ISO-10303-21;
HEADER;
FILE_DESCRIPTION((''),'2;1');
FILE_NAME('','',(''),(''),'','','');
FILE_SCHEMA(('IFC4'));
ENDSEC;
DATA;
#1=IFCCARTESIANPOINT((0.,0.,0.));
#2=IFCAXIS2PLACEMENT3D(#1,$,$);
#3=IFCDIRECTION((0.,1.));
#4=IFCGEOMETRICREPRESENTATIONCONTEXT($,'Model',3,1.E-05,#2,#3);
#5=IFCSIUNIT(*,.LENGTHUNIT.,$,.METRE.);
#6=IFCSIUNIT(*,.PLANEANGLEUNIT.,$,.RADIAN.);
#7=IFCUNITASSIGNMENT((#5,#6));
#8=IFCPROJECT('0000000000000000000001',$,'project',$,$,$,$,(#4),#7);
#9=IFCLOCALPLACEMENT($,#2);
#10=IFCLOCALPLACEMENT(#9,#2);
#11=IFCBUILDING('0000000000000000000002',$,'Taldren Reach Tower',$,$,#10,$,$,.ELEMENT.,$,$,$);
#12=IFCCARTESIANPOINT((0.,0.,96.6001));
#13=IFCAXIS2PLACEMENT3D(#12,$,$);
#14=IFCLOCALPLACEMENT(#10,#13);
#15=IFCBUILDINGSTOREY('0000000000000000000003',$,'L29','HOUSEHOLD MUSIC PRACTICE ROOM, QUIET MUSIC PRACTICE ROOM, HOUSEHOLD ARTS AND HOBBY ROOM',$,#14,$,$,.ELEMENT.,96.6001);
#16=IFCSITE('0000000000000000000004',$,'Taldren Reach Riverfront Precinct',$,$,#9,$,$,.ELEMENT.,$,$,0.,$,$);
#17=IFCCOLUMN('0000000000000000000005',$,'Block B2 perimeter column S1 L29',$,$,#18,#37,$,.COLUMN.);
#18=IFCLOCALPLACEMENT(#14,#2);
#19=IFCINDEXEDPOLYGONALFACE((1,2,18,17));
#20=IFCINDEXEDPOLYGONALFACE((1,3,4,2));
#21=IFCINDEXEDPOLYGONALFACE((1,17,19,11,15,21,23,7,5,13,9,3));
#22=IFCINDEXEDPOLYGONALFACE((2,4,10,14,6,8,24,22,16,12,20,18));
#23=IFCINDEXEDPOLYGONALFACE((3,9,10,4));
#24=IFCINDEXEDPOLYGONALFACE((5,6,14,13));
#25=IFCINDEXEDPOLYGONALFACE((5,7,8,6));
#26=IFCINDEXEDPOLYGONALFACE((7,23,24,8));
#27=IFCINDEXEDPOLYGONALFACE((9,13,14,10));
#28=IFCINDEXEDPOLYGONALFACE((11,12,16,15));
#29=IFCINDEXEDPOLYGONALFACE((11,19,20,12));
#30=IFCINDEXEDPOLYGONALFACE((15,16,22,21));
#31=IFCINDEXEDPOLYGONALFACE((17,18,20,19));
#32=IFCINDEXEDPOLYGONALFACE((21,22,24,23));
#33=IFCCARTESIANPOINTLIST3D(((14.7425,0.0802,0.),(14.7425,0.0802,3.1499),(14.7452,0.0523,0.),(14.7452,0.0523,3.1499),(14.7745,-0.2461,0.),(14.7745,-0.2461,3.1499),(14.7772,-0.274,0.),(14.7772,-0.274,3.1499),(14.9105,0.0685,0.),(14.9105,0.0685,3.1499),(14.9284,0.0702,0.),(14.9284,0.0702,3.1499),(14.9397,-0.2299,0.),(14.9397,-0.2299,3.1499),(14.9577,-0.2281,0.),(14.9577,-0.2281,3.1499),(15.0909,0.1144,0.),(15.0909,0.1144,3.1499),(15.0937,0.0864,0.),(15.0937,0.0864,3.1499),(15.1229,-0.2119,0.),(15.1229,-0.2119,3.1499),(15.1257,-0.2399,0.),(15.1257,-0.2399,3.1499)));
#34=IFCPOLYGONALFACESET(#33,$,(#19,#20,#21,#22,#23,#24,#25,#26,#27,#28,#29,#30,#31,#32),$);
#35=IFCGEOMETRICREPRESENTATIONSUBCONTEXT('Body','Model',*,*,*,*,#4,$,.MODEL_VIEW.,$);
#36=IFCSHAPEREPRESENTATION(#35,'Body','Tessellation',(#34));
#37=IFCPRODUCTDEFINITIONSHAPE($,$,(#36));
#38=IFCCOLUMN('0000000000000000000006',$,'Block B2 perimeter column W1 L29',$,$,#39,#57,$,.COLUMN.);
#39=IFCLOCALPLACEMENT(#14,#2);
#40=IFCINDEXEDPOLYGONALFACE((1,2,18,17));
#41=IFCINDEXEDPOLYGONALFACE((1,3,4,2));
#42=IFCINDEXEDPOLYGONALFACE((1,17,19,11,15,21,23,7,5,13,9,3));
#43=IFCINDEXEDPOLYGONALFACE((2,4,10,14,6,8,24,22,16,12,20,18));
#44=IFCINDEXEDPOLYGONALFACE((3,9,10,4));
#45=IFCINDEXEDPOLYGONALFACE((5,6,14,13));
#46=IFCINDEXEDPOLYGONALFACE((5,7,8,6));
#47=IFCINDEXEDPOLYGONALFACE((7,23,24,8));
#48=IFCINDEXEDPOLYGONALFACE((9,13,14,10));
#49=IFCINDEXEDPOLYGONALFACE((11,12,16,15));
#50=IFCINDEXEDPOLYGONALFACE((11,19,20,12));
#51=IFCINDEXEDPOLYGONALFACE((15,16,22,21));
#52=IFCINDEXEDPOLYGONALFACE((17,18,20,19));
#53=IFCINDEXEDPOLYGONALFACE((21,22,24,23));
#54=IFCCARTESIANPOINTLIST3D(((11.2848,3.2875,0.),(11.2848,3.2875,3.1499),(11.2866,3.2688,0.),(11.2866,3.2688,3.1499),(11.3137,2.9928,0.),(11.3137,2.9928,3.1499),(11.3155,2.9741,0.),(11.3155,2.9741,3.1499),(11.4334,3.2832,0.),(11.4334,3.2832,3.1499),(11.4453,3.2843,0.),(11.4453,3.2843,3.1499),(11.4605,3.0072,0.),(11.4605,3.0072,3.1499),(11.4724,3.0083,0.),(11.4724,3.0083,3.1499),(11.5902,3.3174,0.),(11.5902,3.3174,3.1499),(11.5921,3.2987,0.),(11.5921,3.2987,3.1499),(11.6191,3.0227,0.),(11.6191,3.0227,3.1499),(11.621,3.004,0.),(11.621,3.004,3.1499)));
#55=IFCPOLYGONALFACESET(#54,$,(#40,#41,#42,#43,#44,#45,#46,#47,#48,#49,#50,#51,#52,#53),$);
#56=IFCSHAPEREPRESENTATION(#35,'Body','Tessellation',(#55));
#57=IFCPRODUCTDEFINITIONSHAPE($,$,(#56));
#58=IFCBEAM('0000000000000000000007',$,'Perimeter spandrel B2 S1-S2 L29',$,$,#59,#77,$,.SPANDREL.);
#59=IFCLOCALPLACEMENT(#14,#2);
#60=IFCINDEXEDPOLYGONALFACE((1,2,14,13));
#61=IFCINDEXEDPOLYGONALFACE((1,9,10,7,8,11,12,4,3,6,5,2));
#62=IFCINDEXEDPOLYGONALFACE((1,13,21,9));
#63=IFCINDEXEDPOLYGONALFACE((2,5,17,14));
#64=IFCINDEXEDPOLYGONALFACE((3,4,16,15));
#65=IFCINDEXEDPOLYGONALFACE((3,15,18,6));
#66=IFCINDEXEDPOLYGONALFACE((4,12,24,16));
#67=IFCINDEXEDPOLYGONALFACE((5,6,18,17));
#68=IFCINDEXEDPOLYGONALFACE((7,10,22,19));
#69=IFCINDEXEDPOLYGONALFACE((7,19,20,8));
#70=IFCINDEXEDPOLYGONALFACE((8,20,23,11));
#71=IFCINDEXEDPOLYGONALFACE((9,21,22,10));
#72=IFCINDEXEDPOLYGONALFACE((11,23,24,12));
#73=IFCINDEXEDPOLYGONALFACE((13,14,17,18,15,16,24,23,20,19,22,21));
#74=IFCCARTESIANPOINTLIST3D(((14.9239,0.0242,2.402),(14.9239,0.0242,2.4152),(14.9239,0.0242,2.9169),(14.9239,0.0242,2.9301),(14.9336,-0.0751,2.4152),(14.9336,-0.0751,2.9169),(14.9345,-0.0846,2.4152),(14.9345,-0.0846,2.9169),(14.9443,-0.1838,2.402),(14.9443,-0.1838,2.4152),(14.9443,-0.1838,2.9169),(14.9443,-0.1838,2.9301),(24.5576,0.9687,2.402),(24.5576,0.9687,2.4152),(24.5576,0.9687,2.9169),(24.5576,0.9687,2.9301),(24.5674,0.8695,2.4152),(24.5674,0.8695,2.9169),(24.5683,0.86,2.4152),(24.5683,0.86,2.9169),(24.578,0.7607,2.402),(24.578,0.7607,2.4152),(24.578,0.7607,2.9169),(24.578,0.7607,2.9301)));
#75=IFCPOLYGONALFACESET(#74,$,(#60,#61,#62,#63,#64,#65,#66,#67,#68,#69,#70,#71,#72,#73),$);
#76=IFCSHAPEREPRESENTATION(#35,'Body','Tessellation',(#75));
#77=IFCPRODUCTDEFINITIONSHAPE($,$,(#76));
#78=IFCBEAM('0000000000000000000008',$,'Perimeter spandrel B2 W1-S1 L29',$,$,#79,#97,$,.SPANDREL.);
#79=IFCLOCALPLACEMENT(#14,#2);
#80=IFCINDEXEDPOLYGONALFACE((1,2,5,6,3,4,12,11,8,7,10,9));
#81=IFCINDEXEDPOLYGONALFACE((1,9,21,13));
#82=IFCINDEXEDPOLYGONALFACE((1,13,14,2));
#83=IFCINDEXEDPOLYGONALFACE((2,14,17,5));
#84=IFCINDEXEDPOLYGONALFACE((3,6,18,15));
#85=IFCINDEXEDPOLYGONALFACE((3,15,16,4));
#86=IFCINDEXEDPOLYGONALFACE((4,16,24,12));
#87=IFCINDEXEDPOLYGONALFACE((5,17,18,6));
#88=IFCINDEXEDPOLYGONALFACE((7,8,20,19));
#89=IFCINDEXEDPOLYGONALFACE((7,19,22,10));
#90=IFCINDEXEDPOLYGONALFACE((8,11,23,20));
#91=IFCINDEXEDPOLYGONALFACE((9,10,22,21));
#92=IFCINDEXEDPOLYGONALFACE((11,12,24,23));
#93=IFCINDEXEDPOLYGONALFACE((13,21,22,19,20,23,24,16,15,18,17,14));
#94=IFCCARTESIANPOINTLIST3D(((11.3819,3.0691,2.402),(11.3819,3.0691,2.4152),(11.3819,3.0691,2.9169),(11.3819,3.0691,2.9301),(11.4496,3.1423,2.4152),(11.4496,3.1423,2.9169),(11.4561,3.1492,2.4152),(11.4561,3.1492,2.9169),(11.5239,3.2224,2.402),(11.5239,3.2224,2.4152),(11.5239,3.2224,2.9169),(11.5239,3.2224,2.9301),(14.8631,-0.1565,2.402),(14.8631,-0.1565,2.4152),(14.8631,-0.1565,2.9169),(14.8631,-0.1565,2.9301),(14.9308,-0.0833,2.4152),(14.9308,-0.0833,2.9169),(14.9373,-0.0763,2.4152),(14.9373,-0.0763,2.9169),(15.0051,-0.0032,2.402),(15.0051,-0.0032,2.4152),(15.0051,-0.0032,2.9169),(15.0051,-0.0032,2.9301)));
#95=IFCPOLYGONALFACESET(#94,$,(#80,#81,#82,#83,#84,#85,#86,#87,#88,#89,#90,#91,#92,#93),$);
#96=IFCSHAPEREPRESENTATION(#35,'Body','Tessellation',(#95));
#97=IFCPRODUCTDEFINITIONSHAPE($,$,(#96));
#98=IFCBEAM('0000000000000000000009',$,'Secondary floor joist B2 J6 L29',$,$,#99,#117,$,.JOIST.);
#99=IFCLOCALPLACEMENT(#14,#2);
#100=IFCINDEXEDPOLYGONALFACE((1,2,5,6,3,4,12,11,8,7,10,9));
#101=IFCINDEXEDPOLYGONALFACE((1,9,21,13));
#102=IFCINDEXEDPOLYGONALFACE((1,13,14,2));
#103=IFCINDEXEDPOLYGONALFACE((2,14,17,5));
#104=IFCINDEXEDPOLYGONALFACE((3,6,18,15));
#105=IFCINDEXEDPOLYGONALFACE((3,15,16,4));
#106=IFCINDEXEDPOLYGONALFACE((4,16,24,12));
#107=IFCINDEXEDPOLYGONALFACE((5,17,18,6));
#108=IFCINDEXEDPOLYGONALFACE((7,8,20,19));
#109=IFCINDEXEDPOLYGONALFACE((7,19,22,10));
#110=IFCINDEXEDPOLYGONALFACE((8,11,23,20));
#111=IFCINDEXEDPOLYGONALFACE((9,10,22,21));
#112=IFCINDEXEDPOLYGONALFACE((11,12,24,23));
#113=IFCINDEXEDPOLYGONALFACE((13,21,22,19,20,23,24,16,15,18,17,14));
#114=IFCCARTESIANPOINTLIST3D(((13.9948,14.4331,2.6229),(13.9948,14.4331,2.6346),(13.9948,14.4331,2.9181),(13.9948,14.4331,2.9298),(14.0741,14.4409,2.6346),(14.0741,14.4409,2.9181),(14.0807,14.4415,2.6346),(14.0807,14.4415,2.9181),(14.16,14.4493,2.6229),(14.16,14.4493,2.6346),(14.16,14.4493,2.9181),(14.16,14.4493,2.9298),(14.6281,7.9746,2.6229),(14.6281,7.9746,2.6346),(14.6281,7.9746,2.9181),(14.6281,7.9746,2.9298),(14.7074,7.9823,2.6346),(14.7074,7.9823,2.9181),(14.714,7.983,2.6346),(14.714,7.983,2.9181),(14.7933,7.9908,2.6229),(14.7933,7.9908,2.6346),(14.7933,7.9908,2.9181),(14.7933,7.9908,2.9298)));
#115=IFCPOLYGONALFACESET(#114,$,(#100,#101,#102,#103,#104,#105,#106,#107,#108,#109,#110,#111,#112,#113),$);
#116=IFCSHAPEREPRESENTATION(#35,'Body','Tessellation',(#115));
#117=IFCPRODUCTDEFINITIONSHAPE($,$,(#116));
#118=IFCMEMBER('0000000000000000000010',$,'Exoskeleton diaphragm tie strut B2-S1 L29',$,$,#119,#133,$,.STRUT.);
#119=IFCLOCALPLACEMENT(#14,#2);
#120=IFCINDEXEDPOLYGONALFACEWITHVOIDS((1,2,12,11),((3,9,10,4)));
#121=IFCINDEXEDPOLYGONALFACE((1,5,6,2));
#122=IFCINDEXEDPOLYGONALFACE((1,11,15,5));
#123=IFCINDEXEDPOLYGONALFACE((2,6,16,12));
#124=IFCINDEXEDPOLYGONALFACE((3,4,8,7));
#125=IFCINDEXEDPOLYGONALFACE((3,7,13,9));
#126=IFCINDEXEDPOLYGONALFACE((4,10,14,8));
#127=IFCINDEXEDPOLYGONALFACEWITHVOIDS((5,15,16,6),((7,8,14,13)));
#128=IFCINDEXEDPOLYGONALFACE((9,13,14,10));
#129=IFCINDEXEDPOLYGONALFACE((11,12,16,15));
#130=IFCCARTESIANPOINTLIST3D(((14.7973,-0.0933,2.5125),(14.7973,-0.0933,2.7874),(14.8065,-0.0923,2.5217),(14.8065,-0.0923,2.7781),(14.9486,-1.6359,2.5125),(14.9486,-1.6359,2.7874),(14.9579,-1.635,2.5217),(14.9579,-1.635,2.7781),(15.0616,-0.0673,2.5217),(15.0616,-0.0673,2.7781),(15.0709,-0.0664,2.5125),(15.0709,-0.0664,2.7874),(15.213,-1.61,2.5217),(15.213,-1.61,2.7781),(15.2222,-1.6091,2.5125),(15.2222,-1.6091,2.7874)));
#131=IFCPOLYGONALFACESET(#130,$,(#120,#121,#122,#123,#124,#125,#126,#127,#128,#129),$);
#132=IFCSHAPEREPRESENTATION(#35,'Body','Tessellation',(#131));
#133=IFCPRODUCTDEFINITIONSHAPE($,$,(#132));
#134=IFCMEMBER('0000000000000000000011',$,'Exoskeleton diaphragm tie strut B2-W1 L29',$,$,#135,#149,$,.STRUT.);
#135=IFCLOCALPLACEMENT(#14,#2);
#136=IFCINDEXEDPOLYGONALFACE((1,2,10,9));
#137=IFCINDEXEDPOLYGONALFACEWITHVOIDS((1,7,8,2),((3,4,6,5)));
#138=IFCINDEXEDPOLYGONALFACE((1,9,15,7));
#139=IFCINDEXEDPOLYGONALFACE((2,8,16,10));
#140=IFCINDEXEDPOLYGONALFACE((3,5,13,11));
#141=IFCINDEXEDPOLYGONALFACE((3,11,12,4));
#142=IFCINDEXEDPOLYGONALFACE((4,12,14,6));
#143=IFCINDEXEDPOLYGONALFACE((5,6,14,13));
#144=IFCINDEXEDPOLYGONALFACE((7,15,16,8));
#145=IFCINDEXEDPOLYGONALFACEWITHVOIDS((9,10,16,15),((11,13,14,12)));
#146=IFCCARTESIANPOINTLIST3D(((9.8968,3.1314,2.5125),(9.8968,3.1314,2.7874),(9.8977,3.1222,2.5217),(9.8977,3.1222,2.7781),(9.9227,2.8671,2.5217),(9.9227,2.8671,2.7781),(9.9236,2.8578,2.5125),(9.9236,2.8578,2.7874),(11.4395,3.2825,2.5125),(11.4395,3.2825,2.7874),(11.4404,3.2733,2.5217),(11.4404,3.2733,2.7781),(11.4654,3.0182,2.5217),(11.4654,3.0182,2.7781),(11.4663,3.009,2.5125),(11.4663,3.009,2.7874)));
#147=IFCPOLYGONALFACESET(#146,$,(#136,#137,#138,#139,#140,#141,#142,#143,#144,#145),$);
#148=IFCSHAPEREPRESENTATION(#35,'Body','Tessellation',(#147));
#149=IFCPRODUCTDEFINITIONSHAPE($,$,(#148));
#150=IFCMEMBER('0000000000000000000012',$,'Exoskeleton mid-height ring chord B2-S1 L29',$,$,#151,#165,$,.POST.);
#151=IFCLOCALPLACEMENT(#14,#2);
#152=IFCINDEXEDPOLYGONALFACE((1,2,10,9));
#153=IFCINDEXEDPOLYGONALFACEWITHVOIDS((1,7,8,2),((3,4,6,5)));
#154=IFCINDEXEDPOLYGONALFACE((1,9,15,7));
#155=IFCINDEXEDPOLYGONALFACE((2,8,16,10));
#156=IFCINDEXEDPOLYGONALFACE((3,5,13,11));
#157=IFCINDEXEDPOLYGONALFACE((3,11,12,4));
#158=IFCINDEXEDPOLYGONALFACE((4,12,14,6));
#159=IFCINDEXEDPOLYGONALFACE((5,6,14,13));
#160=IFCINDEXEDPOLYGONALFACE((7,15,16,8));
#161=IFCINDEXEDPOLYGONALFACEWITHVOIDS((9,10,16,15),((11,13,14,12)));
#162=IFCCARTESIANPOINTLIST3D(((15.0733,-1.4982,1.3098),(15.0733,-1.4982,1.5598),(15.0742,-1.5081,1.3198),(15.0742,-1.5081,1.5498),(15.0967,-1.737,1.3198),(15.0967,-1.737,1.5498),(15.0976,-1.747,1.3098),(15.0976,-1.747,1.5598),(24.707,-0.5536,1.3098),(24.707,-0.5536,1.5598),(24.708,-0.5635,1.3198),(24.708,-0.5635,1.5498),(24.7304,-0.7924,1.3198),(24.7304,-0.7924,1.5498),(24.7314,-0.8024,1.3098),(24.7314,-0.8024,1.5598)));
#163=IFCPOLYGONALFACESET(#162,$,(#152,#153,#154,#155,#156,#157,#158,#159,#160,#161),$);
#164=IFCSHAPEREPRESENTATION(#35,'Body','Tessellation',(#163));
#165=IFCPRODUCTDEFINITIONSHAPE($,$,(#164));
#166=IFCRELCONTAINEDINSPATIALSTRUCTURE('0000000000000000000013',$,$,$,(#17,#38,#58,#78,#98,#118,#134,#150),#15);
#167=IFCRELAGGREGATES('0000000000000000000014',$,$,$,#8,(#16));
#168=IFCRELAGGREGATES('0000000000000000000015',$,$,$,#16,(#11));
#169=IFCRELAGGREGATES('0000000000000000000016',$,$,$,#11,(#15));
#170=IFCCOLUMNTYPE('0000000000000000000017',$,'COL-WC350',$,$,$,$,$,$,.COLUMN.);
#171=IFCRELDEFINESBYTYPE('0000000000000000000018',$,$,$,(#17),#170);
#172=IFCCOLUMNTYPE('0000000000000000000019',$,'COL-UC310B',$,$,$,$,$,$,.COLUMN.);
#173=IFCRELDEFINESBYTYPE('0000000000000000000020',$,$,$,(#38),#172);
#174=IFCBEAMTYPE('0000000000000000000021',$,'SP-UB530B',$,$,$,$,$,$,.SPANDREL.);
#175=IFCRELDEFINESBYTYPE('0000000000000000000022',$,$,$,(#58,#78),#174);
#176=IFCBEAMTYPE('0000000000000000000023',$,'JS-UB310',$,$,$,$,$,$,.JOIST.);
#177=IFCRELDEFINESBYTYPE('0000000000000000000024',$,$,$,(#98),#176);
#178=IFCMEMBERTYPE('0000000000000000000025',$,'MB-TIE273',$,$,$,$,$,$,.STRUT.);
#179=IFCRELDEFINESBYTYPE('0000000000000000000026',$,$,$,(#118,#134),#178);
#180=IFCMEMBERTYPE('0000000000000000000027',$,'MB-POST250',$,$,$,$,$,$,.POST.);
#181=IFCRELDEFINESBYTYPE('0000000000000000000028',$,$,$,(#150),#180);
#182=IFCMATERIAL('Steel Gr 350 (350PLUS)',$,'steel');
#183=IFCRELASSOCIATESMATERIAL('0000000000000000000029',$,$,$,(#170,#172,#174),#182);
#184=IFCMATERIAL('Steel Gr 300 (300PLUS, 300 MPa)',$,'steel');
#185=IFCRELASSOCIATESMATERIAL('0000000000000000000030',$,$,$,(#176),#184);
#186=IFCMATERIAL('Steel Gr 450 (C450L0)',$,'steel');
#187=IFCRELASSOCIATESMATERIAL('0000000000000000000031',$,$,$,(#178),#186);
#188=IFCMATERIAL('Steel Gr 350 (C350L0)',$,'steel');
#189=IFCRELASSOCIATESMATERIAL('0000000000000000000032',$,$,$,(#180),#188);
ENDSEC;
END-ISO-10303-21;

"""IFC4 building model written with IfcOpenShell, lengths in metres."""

from ifc_helpers import new_model, si_unit, direction, frame, origin, origin_2d, place, context, subcontext, project, spatial, hollow_rectangle, i_section, extrude, source, transform, mapped, material, material_profile, profile_set, type_object, element, save


model = new_model("IFC4")

# Units and contexts
model_context = context("Model", 3, precision=1e-05, world=origin(), true_north=direction((0.0, 1.0)))
body_context = subcontext(model_context, "Body", "Model", "MODEL_VIEW")
ifc_project = project(units=[si_unit("LENGTHUNIT", "METRE"), si_unit("PLANEANGLEUNIT", "RADIAN")], contexts=[model_context])

# Site, building, storey
site_placement = place(None, origin())
site = spatial("IfcSite", under=ifc_project, at=site_placement, Name="Taldren Reach Riverfront Precinct", CompositionType="ELEMENT", RefElevation=0.0)
building_placement = place(site_placement, origin())
building = spatial("IfcBuilding", under=site, at=building_placement, Name="Taldren Reach Tower", CompositionType="ELEMENT")
storey_placement = place(building_placement, frame((0.0, 0.0, 96.6001)))
storey = spatial("IfcBuildingStorey", under=building, at=storey_placement, Name="L29", Description="HOUSEHOLD MUSIC PRACTICE ROOM, QUIET MUSIC PRACTICE ROOM, HOUSEHOLD ARTS AND HOBBY ROOM", CompositionType="ELEMENT", Elevation=96.6001)

# Columns
ifc_material_1 = material(Name="Steel Gr 350 (350PLUS)", Category="steel")
ifc_material_profile_1 = material_profile(ifc_material_1, i_section(OverallWidth=0.3501, OverallDepth=0.356, WebThickness=0.0181, FlangeThickness=0.0281, at=origin_2d()), Name="350WC197")
ifc_profile_set_1 = profile_set([ifc_material_profile_1], Name="Steel Gr 350 (350PLUS)")
column_type_1 = type_object("IfcColumnType", Name="COL-WC350", PredefinedType="COLUMN", material=ifc_profile_set_1)
shared_shape_1 = source(origin(), body_context, "Body", "SweptSolid", [
    extrude(i_section(OverallWidth=0.3501, OverallDepth=0.356, WebThickness=0.0181, FlangeThickness=0.0281, at=origin_2d()), origin(), (0.0, 0.0, 1.0), 3.1499),
])
column_1_placement = place(storey_placement, frame((14.9341, -0.0798, 0.0), z_axis=(0.0, 0.0, 1.0), x_axis=(0.995227, 0.097583, 0.0)))
element("IfcColumn", 1, at=column_1_placement, inside=storey, type_object=column_type_1, Name="Block B2 perimeter column S1 L29", PredefinedType="COLUMN", context=body_context, shape_type="MappedRepresentation", body=[
    mapped(shared_shape_1, transform((0.0, 0.0, 0.0), scale=1.0)),
])
ifc_material_profile_2 = material_profile(ifc_material_1, i_section(OverallWidth=0.3069, OverallDepth=0.3149, WebThickness=0.012, FlangeThickness=0.0188, at=origin_2d()), Name="310UC118")
ifc_profile_set_2 = profile_set([ifc_material_profile_2], Name="Steel Gr 350 (350PLUS)")
column_type_2 = type_object("IfcColumnType", Name="COL-UC310B", PredefinedType="COLUMN", material=ifc_profile_set_2)
shared_shape_2 = source(origin(), body_context, "Body", "SweptSolid", [
    extrude(i_section(OverallWidth=0.3069, OverallDepth=0.3149, WebThickness=0.012, FlangeThickness=0.0188, at=origin_2d()), origin(), (0.0, 0.0, 1.0), 3.1499),
])
column_2_placement = place(storey_placement, frame((11.4529, 3.1458, 0.0), z_axis=(0.0, 0.0, 1.0), x_axis=(0.995227, 0.097583, 0.0)))
element("IfcColumn", 2, at=column_2_placement, inside=storey, type_object=column_type_2, Name="Block B2 perimeter column W1 L29", PredefinedType="COLUMN", context=body_context, shape_type="MappedRepresentation", body=[
    mapped(shared_shape_2, transform((0.0, 0.0, 0.0), scale=1.0)),
])

# Beams
ifc_material_profile_3 = material_profile(ifc_material_1, i_section(OverallWidth=0.209, OverallDepth=0.5281, WebThickness=0.0095, FlangeThickness=0.0132, at=origin_2d()), Name="530UB82.0")
ifc_profile_set_3 = profile_set([ifc_material_profile_3], Name="Steel Gr 350 (350PLUS)")
beam_type_1 = type_object("IfcBeamType", Name="SP-UB530B", PredefinedType="SPANDREL", material=ifc_profile_set_3)
shared_shape_3 = source(origin(), body_context, "Body", "SweptSolid", [
    extrude(i_section(OverallWidth=0.209, OverallDepth=0.5281, WebThickness=0.0095, FlangeThickness=0.0132, at=origin_2d()), origin(), (0.0, 0.0, 1.0), 9.6799),
])
beam_1_placement = place(storey_placement, frame((14.9341, -0.0798, 2.666), z_axis=(0.995228, 0.097581, 0.0), x_axis=(-0.097581, 0.995228, 0.0)))
element("IfcBeam", 3, at=beam_1_placement, inside=storey, type_object=beam_type_1, Name="Perimeter spandrel B2 S1-S2 L29", PredefinedType="SPANDREL", context=body_context, shape_type="MappedRepresentation", body=[
    mapped(shared_shape_3, transform((0.0, 0.0, 0.0), scale=1.0)),
])
shared_shape_4 = source(origin(), body_context, "Body", "SweptSolid", [
    extrude(i_section(OverallWidth=0.209, OverallDepth=0.5281, WebThickness=0.0095, FlangeThickness=0.0132, at=origin_2d()), origin(), (0.0, 0.0, 1.0), 4.7458),
])
beam_2_placement = place(storey_placement, frame((11.4529, 3.1458, 2.666), z_axis=(0.733524, -0.679663, 0.0), x_axis=(0.679663, 0.733524, 0.0)))
element("IfcBeam", 4, at=beam_2_placement, inside=storey, type_object=beam_type_1, Name="Perimeter spandrel B2 W1-S1 L29", PredefinedType="SPANDREL", context=body_context, shape_type="MappedRepresentation", body=[
    mapped(shared_shape_4, transform((0.0, 0.0, 0.0), scale=1.0)),
])
ifc_material_2 = material(Name="Steel Gr 300 (300PLUS, 300 MPa)", Category="steel")
ifc_material_profile_4 = material_profile(ifc_material_2, i_section(OverallWidth=0.166, OverallDepth=0.3069, WebThickness=0.0066, FlangeThickness=0.0117, at=origin_2d()), Name="310UB46.2")
ifc_profile_set_4 = profile_set([ifc_material_profile_4], Name="Steel Gr 300 (300PLUS, 300 MPa)")
beam_type_2 = type_object("IfcBeamType", Name="JS-UB310", PredefinedType="JOIST", material=ifc_profile_set_4)
shared_shape_5 = source(origin(), body_context, "Body", "SweptSolid", [
    extrude(i_section(OverallWidth=0.166, OverallDepth=0.3069, WebThickness=0.0066, FlangeThickness=0.0117, at=origin_2d()), origin(), (0.0, 0.0, 1.0), 6.4895),
])
beam_3_placement = place(storey_placement, frame((14.7107, 7.9827, 2.7764), z_axis=(-0.097589, 0.995227, 0.0), x_axis=(-0.995227, -0.097589, 0.0)))
element("IfcBeam", 5, at=beam_3_placement, inside=storey, type_object=beam_type_2, Name="Secondary floor joist B2 J6 L29", PredefinedType="JOIST", context=body_context, shape_type="MappedRepresentation", body=[
    mapped(shared_shape_5, transform((0.0, 0.0, 0.0), scale=1.0)),
])

# Members
ifc_material_3 = material(Name="Steel Gr 450 (C450L0)", Category="steel")
ifc_material_profile_5 = material_profile(ifc_material_3, hollow_rectangle(XDim=0.2749, YDim=0.2749, WallThickness=0.0093, at=origin_2d()), Name="275x275x9.3SHS")
ifc_profile_set_5 = profile_set([ifc_material_profile_5], Name="Steel Gr 450 (C450L0)")
member_type_1 = type_object("IfcMemberType", Name="MB-TIE273", PredefinedType="STRUT", material=ifc_profile_set_5)
shared_shape_6 = source(origin(), body_context, "Body", "SweptSolid", [
    extrude(hollow_rectangle(XDim=0.2749, YDim=0.2749, WallThickness=0.0093, at=origin_2d()), origin(), (0.0, 0.0, 1.0), 1.55),
])
for number, where, z_axis, x_axis, name in (
    (6, (14.9341, -0.0798, 2.6499), (0.097648, -0.995221, 0.0), (0.995221, 0.097648, 0.0), "Exoskeleton diaphragm tie strut B2-S1 L29"),
    (7, (11.4529, 3.1458, 2.6499), (-0.995236, -0.097492, 0.0), (0.097492, -0.995236, 0.0), "Exoskeleton diaphragm tie strut B2-W1 L29"),
):
    element("IfcMember", number, at=place(storey_placement, frame(where, z_axis=z_axis, x_axis=x_axis)), inside=storey, type_object=member_type_1, Name=name, PredefinedType="STRUT", context=body_context, shape_type="MappedRepresentation", body=[
        mapped(shared_shape_6, transform((0.0, 0.0, 0.0), scale=1.0)),
    ])
ifc_material_4 = material(Name="Steel Gr 350 (C350L0)", Category="steel")
ifc_material_profile_6 = material_profile(ifc_material_4, hollow_rectangle(XDim=0.25, YDim=0.25, WallThickness=0.01, at=origin_2d()), Name="250x250x10.0SHS")
ifc_profile_set_6 = profile_set([ifc_material_profile_6], Name="Steel Gr 350 (C350L0)")
member_type_2 = type_object("IfcMemberType", Name="MB-POST250", PredefinedType="POST", material=ifc_profile_set_6)
shared_shape_7 = source(origin(), body_context, "Body", "SweptSolid", [
    extrude(hollow_rectangle(XDim=0.25, YDim=0.25, WallThickness=0.01, at=origin_2d()), origin(), (0.0, 0.0, 1.0), 9.6799),
])
member_1_placement = place(storey_placement, frame((15.0854, -1.6226, 1.4348), z_axis=(0.995228, 0.097581, 0.0), x_axis=(-0.097581, 0.995228, 0.0)))
element("IfcMember", 8, at=member_1_placement, inside=storey, type_object=member_type_2, Name="Exoskeleton mid-height ring chord B2-S1 L29", PredefinedType="POST", context=body_context, shape_type="MappedRepresentation", body=[
    mapped(shared_shape_7, transform((0.0, 0.0, 0.0), scale=1.0)),
])

save(model, "model.ifc")
